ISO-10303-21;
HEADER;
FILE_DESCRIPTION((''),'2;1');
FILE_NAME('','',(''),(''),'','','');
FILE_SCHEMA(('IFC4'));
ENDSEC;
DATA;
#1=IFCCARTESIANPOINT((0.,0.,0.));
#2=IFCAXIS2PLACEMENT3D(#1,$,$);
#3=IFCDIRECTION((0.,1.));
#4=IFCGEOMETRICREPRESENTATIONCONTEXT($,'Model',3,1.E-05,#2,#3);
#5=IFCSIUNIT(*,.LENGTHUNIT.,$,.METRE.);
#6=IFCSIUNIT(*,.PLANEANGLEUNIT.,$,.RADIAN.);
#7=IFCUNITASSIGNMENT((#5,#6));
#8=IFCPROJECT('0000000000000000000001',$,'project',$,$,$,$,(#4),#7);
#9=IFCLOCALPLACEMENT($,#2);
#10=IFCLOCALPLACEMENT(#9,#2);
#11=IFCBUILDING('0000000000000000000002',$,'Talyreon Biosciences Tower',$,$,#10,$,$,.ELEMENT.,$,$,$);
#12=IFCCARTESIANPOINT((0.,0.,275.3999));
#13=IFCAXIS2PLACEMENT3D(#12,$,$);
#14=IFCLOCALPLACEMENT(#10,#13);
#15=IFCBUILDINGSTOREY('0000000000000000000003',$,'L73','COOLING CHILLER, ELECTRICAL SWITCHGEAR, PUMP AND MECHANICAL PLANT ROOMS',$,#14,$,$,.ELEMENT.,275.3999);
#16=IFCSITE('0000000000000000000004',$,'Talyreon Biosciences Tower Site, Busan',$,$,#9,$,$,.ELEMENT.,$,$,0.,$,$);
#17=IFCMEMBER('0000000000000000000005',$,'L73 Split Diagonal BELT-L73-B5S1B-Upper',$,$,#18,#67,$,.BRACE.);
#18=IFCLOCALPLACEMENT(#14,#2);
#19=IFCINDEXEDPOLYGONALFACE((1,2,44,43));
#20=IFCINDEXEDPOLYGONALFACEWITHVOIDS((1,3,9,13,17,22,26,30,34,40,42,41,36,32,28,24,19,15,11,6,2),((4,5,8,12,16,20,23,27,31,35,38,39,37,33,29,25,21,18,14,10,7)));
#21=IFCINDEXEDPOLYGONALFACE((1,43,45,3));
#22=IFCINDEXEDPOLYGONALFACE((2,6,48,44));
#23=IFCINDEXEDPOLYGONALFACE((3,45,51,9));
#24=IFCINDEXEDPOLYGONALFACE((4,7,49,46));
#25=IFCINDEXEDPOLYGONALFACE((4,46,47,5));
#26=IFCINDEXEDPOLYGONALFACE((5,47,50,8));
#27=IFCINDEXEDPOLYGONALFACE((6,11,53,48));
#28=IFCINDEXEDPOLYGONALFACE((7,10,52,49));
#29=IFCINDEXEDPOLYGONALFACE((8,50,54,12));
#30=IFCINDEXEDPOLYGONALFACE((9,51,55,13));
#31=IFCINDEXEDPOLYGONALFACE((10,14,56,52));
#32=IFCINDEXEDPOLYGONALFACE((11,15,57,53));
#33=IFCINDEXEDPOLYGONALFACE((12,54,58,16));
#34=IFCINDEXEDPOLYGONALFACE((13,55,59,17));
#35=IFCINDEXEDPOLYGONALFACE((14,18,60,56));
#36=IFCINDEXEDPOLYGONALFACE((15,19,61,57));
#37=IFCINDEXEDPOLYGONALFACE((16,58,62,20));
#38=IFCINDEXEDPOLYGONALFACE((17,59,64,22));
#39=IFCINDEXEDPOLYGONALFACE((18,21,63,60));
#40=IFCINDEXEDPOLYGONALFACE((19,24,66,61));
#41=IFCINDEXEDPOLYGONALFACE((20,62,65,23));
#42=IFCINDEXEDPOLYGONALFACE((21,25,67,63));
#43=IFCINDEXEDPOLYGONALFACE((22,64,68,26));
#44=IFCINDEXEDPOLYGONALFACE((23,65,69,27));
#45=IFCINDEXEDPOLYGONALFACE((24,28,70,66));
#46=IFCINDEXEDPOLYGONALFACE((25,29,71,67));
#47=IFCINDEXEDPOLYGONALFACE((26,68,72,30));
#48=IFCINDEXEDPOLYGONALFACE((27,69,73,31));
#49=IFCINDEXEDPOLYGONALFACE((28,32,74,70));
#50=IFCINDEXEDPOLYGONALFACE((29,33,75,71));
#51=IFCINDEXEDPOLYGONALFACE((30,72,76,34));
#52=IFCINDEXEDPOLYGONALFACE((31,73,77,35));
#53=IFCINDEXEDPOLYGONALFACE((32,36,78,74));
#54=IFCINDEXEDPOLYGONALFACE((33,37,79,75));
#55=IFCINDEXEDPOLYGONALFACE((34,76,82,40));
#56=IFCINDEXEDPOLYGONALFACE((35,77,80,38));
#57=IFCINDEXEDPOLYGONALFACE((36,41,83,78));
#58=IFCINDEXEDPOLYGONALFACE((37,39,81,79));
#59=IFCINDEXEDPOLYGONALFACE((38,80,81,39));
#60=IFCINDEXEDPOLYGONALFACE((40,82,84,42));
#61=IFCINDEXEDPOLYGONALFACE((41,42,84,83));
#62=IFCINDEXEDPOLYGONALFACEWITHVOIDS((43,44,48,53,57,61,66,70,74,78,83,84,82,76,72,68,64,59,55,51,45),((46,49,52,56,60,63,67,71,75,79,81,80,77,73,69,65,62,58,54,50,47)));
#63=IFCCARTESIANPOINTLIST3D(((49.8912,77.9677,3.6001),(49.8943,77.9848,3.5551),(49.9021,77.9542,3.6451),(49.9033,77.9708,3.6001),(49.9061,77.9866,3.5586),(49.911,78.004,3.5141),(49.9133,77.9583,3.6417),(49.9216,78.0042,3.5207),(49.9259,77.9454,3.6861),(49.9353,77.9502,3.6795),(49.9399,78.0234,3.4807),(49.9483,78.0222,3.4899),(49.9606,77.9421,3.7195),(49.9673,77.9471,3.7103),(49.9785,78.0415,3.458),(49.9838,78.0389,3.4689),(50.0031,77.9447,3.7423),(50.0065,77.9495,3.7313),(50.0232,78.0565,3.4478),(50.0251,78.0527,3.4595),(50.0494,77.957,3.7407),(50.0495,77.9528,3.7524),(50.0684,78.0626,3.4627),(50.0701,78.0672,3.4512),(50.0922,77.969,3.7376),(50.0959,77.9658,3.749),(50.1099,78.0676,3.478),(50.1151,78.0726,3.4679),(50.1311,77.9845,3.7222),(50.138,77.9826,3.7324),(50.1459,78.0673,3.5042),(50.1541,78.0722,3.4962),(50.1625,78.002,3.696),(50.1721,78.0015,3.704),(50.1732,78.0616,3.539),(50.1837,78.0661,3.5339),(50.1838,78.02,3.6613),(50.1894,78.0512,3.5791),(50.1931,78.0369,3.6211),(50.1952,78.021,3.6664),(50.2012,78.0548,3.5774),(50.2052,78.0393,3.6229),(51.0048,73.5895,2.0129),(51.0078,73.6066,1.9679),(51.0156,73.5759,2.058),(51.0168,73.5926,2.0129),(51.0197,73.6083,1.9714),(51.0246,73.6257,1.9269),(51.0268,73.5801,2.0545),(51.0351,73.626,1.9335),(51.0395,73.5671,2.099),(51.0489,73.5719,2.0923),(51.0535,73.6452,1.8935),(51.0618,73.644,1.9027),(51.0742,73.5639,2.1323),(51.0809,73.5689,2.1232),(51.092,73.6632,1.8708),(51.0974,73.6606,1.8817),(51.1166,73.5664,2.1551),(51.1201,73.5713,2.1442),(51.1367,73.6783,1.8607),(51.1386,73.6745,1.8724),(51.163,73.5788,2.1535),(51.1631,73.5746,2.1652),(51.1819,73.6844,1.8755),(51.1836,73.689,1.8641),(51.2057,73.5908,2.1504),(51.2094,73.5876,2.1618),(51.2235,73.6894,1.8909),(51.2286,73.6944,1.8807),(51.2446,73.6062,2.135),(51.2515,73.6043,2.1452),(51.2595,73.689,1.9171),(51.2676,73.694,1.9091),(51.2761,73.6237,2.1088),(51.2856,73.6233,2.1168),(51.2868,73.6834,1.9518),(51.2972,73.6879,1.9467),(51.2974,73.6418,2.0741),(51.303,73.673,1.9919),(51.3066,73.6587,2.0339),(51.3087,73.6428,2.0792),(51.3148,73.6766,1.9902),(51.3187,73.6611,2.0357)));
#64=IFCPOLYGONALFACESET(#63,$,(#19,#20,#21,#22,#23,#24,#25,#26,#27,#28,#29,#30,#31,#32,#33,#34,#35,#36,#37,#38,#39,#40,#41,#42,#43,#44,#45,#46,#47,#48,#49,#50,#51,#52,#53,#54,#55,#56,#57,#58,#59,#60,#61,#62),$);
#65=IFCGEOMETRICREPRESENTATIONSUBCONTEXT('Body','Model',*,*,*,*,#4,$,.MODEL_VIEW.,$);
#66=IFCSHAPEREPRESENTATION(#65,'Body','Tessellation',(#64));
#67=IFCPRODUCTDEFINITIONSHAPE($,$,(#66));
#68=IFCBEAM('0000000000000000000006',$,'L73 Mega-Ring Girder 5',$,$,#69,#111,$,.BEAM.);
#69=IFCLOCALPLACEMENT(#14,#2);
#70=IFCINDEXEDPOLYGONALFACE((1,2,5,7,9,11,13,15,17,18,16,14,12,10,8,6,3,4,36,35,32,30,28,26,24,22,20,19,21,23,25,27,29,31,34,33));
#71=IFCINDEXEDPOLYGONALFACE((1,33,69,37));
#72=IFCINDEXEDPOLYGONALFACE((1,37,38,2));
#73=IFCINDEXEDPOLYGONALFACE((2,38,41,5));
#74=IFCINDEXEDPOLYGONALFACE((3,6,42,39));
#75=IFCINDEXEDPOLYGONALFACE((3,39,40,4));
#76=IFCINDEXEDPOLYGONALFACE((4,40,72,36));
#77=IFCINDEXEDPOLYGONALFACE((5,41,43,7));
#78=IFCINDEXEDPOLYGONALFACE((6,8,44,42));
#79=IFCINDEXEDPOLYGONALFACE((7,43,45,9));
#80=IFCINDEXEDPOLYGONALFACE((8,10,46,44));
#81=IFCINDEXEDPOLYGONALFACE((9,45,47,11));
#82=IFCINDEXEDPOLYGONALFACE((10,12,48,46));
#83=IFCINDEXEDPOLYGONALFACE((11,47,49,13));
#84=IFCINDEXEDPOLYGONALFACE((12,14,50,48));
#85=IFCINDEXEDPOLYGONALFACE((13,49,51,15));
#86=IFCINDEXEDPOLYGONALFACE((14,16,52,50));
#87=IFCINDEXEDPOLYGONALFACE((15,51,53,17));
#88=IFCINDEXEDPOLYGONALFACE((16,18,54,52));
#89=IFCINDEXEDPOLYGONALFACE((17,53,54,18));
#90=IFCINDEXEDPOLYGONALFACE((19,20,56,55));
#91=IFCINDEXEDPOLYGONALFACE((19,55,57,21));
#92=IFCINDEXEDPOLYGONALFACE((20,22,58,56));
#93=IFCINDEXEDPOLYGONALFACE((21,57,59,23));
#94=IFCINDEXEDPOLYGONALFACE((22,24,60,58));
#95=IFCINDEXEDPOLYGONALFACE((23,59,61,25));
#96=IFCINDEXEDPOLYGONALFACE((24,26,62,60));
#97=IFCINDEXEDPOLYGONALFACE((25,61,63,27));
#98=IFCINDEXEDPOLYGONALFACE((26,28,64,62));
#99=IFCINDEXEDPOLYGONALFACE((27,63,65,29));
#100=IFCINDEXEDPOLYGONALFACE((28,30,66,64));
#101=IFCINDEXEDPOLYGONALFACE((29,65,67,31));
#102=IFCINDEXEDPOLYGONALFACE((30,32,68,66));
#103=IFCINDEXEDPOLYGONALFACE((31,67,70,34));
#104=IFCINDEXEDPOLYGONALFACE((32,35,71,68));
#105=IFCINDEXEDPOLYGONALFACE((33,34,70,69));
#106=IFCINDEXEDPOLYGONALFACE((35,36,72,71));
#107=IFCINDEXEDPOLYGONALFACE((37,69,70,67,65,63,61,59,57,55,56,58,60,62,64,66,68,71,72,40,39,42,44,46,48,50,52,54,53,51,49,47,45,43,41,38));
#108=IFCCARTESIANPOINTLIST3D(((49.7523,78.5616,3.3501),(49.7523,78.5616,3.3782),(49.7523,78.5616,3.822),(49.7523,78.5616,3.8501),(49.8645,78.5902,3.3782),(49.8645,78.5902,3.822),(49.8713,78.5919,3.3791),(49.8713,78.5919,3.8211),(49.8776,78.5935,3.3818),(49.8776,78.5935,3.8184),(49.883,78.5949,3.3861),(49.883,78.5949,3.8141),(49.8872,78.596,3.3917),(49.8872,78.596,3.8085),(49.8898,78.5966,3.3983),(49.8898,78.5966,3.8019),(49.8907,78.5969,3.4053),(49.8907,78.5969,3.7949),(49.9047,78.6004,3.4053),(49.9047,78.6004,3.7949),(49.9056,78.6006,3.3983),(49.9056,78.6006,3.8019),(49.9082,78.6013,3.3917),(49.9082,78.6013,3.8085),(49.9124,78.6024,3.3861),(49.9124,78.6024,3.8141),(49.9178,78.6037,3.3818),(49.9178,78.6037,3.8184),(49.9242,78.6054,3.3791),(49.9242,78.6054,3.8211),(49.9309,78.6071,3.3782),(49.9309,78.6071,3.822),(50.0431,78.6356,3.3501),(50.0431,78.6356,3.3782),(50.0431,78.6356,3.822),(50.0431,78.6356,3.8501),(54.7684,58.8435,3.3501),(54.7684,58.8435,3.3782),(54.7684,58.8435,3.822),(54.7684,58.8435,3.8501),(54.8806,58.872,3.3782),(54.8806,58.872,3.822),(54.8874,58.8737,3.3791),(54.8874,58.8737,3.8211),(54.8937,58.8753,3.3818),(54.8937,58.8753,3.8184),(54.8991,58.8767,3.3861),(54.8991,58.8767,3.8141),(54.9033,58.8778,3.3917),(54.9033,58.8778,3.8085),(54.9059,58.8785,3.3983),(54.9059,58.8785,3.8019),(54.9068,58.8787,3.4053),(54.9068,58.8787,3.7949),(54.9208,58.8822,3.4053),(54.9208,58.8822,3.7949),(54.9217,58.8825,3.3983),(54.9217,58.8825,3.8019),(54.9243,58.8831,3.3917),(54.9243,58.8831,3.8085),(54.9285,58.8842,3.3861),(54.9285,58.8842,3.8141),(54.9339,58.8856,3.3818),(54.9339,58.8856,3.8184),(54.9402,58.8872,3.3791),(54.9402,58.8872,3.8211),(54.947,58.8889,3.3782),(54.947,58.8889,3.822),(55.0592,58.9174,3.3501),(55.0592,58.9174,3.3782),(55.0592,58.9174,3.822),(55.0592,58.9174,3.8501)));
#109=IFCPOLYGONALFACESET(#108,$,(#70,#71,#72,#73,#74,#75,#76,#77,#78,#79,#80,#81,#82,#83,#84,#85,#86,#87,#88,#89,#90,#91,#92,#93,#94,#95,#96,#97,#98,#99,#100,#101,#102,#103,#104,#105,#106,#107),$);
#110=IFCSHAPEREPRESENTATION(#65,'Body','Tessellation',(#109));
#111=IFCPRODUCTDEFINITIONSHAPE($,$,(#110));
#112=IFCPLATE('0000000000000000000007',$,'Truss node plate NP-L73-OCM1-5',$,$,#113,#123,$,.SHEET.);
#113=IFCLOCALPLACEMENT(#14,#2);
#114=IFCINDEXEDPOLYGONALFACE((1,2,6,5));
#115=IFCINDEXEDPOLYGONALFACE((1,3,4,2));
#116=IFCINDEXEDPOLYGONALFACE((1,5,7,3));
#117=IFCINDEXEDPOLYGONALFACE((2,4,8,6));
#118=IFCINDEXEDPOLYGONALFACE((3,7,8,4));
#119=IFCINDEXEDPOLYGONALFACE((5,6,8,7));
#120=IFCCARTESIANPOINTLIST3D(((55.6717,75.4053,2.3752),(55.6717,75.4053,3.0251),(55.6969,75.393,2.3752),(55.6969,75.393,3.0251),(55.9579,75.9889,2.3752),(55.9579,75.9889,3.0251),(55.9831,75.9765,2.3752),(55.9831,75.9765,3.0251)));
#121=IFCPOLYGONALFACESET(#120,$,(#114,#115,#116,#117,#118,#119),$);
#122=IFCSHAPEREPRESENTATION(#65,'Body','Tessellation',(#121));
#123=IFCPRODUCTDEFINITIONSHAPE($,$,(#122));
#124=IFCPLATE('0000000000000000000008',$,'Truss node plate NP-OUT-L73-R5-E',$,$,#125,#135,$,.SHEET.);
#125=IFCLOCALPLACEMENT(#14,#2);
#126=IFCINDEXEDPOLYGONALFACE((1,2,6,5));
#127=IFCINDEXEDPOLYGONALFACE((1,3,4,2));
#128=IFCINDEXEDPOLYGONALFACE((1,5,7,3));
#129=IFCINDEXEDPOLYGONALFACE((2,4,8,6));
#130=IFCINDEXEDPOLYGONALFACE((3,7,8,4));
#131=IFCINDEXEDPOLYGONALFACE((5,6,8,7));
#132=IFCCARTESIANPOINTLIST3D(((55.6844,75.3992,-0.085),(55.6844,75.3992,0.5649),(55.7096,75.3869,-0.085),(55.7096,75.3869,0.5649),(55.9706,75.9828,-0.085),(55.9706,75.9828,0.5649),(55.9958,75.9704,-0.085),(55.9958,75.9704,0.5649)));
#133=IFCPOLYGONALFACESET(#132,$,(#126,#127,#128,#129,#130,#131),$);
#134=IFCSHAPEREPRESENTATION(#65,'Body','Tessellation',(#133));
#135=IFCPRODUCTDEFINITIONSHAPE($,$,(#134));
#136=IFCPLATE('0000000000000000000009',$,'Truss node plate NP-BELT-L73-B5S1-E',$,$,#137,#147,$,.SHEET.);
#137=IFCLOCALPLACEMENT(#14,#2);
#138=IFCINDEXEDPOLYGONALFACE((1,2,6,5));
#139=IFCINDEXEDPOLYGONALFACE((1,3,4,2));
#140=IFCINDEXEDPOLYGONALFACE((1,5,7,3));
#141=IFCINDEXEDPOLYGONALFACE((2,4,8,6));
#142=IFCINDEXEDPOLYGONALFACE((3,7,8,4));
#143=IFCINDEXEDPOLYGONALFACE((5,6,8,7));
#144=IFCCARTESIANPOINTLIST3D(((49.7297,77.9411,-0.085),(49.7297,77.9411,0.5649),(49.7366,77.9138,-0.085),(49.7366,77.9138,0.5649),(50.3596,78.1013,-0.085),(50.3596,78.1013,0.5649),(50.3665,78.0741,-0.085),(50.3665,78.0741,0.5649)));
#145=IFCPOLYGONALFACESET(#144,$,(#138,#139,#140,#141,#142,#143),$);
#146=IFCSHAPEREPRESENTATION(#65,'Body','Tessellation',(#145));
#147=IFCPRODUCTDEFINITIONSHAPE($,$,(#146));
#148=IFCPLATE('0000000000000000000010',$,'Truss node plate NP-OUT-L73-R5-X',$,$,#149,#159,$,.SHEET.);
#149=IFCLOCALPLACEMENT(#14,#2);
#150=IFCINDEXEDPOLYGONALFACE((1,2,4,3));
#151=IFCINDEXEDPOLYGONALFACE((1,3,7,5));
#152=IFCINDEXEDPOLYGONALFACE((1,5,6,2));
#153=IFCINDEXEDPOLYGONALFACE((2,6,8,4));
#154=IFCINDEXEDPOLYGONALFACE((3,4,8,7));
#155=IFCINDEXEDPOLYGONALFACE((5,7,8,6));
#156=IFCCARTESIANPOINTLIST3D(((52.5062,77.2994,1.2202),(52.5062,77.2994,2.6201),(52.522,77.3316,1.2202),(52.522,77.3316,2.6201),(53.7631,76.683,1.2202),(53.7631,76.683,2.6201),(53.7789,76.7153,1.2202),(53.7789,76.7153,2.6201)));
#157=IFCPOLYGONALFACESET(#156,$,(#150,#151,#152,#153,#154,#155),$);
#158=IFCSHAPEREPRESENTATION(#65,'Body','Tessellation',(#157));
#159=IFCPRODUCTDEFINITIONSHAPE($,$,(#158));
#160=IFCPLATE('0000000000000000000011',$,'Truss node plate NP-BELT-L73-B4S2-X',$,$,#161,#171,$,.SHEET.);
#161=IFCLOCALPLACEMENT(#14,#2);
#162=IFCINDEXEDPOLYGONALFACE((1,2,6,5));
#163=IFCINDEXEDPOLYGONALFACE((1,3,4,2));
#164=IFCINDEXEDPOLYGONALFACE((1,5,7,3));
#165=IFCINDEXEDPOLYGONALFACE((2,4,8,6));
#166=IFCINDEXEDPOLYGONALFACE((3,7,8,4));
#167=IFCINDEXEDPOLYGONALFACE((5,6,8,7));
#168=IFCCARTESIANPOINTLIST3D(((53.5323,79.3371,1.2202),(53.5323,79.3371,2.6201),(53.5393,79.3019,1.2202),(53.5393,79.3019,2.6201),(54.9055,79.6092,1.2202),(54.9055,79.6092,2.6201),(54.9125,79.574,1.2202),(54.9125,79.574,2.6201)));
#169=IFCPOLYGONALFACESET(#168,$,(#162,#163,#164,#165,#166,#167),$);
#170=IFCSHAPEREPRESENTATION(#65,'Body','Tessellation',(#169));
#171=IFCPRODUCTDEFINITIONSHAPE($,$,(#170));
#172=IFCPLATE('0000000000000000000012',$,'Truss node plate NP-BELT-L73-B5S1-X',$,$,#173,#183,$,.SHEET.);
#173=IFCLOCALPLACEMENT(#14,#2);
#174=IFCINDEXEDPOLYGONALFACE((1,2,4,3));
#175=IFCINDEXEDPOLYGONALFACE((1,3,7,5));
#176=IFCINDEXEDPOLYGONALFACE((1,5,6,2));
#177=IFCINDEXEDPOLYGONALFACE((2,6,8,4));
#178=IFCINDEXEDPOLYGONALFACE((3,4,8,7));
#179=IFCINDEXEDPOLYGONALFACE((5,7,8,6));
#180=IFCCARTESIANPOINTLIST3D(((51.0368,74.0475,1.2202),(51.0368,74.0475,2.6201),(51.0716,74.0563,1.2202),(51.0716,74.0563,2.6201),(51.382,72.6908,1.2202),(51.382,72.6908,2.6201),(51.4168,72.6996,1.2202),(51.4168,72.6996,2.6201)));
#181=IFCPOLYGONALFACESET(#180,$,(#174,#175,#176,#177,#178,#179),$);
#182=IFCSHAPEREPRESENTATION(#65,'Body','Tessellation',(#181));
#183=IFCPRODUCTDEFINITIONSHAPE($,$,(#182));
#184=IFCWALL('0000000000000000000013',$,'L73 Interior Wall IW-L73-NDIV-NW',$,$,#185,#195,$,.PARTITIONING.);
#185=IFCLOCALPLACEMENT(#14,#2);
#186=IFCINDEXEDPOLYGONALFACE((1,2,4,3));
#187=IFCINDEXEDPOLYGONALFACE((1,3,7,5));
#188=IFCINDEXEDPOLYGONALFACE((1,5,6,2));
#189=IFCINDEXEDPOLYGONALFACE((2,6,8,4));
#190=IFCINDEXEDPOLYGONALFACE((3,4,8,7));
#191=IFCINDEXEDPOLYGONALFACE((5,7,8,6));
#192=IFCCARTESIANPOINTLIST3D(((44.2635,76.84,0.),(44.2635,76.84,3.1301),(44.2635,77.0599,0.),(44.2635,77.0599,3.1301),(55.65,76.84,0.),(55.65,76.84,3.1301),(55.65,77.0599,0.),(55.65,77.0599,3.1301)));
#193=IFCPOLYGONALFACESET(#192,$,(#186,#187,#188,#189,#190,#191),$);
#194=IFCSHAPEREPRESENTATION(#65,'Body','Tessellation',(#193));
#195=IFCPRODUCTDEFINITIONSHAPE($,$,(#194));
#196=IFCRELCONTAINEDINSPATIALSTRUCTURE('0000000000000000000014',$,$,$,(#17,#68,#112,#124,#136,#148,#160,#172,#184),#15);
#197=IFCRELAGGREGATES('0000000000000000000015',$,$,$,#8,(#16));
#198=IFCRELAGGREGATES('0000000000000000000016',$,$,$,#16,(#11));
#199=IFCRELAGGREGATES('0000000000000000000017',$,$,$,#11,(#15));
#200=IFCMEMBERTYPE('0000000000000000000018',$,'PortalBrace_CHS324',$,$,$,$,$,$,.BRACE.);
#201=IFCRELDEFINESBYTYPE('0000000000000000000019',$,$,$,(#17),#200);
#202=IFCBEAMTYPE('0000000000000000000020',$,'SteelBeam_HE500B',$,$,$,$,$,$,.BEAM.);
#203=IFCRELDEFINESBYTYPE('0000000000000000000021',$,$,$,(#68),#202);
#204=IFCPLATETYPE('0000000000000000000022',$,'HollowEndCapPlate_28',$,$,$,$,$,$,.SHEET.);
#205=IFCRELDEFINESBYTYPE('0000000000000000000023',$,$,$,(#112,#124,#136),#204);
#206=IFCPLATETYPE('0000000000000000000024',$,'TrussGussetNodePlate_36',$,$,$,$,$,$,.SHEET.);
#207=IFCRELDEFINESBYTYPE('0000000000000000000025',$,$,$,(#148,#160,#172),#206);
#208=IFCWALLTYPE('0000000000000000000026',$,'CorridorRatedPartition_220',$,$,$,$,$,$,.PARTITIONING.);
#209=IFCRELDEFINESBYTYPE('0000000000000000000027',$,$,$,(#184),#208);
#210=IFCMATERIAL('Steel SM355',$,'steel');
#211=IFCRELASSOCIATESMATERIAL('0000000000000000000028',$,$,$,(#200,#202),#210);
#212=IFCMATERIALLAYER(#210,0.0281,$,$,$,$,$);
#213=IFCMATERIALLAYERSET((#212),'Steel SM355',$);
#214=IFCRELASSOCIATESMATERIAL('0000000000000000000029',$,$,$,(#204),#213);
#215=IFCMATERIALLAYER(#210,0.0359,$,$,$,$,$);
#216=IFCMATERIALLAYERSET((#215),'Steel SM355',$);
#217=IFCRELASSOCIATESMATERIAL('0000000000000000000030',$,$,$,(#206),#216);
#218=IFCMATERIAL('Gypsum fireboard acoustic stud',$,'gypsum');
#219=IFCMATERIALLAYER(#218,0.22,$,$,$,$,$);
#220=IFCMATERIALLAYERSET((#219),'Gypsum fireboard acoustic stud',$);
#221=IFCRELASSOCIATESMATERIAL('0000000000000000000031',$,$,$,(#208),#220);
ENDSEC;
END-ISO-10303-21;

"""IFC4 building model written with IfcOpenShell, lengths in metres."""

from ifc_helpers import new_model, si_unit, direction, frame, frame_2d, origin, origin_2d, place, context, subcontext, project, spatial, rectangle, hollow_circle, i_section, extrude, material, layer, layer_set, material_profile, profile_set, type_object, element, save


model = new_model("IFC4")

# Units and contexts
model_context = context("Model", 3, precision=1e-05, world=origin(), true_north=direction((0.0, 1.0)))
body_context = subcontext(model_context, "Body", "Model", "MODEL_VIEW")
ifc_project = project(units=[si_unit("LENGTHUNIT", "METRE"), si_unit("PLANEANGLEUNIT", "RADIAN")], contexts=[model_context])

# Site, building, storey
site_placement = place(None, origin())
site = spatial("IfcSite", under=ifc_project, at=site_placement, Name="Talyreon Biosciences Tower Site, Busan", CompositionType="ELEMENT", RefElevation=0.0)
building_placement = place(site_placement, origin())
building = spatial("IfcBuilding", under=site, at=building_placement, Name="Talyreon Biosciences Tower", CompositionType="ELEMENT")
storey_placement = place(building_placement, frame((0.0, 0.0, 275.3999)))
storey = spatial("IfcBuildingStorey", under=building, at=storey_placement, Name="L73", Description="COOLING CHILLER, ELECTRICAL SWITCHGEAR, PUMP AND MECHANICAL PLANT ROOMS", CompositionType="ELEMENT", Elevation=275.3999)

# Shared definitions
ifc_material_1 = material(Name="Steel SM355", Category="steel")

# Member
ifc_material_profile_1 = material_profile(ifc_material_1, hollow_circle(Radius=0.1619, WallThickness=0.0125, at=origin_2d()), Name="CHS 323.9x12.5")
ifc_profile_set_1 = profile_set([ifc_material_profile_1], Name="Steel SM355")
member_type_1 = type_object("IfcMemberType", Name="PortalBrace_CHS324", PredefinedType="BRACE", material=ifc_profile_set_1)
member_1_placement = place(storey_placement, frame((51.1616, 73.6294, 2.0129), z_axis=(-0.232553, 0.914356, 0.331469), x_axis=(-0.969146, -0.246488, 0.0)))
element("IfcMember", 1, at=member_1_placement, inside=storey, type_object=member_type_1, Name="L73 Split Diagonal BELT-L73-B5S1B-Upper", PredefinedType="BRACE", context=body_context, shape_type="SweptSolid", body=[
    extrude(hollow_circle(Radius=0.1619, WallThickness=0.0125, at=origin_2d()), origin(), (0.0, 0.0, 1.0), 4.7883),
])

# Beam
ifc_material_profile_2 = material_profile(ifc_material_1, i_section(OverallWidth=0.3, OverallDepth=0.5, WebThickness=0.0144, FlangeThickness=0.0281, FilletRadius=0.0271, at=origin_2d()), Name="HE500B")
ifc_profile_set_2 = profile_set([ifc_material_profile_2], Name="Steel SM355")
beam_type_1 = type_object("IfcBeamType", Name="SteelBeam_HE500B", PredefinedType="BEAM", material=ifc_profile_set_2)
beam_1_placement = place(storey_placement, frame((49.8977, 78.5986, 3.6001), z_axis=(0.246537, -0.969133, 0.0), x_axis=(0.969133, 0.246537, 0.0)))
element("IfcBeam", 2, at=beam_1_placement, inside=storey, type_object=beam_type_1, Name="L73 Mega-Ring Girder 5", PredefinedType="BEAM", context=body_context, shape_type="SweptSolid", body=[
    extrude(i_section(OverallWidth=0.3, OverallDepth=0.5, WebThickness=0.0144, FlangeThickness=0.0281, FilletRadius=0.0271, at=origin_2d()), origin(), (0.0, 0.0, 1.0), 20.3462),
])

# Plates
ifc_layer_1 = layer(ifc_material_1, 0.0281)
ifc_layer_set_1 = layer_set([ifc_layer_1], Name="Steel SM355")
plate_type_1 = type_object("IfcPlateType", Name="HollowEndCapPlate_28", PredefinedType="SHEET", material=ifc_layer_set_1)
for number, where, z_axis, x_axis, name in (
    (3, (55.8274, 75.6909, 2.3752), (0.0, 0.0, 1.0), (-0.440284, -0.897859, 0.0), "Truss node plate NP-L73-OCM1-5"),
    (4, (55.8401, 75.6848, -0.085), (0.0, 0.0, 1.0), (-0.440284, -0.897859, 0.0), "Truss node plate NP-OUT-L73-R5-E"),
    (5, (50.0481, 78.0076, -0.085), (0.0, 0.0, 1.0), (0.969132, 0.246542, 0.0), "Truss node plate NP-BELT-L73-B5S1-E"),
):
    element("IfcPlate", number, at=place(storey_placement, frame(where, z_axis=z_axis, x_axis=x_axis)), inside=storey, type_object=plate_type_1, Name=name, PredefinedType="SHEET", context=body_context, shape_type="SweptSolid", body=[
        extrude(rectangle(XDim=0.6499, YDim=0.0281, at=origin_2d()), origin(), (0.0, 0.0, 1.0), 0.6499),
    ])
ifc_layer_2 = layer(ifc_material_1, 0.0359)
ifc_layer_set_2 = layer_set([ifc_layer_2], Name="Steel SM355")
plate_type_2 = type_object("IfcPlateType", Name="TrussGussetNodePlate_36", PredefinedType="SHEET", material=ifc_layer_set_2)
for number, where, z_axis, x_axis, name in (
    (6, (53.1426, 77.0073, 1.2202), (0.0, 0.0, 1.0), (-0.897859, 0.440284, 0.0), "Truss node plate NP-OUT-L73-R5-X"),
    (7, (54.2224, 79.4556, 1.2202), (0.0, 0.0, 1.0), (-0.980931, -0.194354, 0.0), "Truss node plate NP-BELT-L73-B4S2-X"),
    (8, (51.2268, 73.3735, 1.2202), (0.0, 0.0, 1.0), (0.246542, -0.969132, 0.0), "Truss node plate NP-BELT-L73-B5S1-X"),
):
    element("IfcPlate", number, at=place(storey_placement, frame(where, z_axis=z_axis, x_axis=x_axis)), inside=storey, type_object=plate_type_2, Name=name, PredefinedType="SHEET", context=body_context, shape_type="SweptSolid", body=[
        extrude(rectangle(XDim=1.3999, YDim=0.0359, at=origin_2d()), origin(), (0.0, 0.0, 1.0), 1.3999),
    ])

# Wall
ifc_material_2 = material(Name="Gypsum fireboard acoustic stud", Category="gypsum")
ifc_layer_3 = layer(ifc_material_2, 0.22)
ifc_layer_set_3 = layer_set([ifc_layer_3], Name="Gypsum fireboard acoustic stud")
wall_type_1 = type_object("IfcWallType", Name="CorridorRatedPartition_220", PredefinedType="PARTITIONING", material=ifc_layer_set_3)
wall_1_placement = place(storey_placement, frame((44.2634, 76.95, 0.0), z_axis=(0.0, 0.0, 1.0), x_axis=(1.0, 0.0, 0.0)))
element("IfcWall", 9, at=wall_1_placement, inside=storey, type_object=wall_type_1, Name="L73 Interior Wall IW-L73-NDIV-NW", PredefinedType="PARTITIONING", context=body_context, shape_type="SweptSolid", body=[
    extrude(rectangle(XDim=11.3865, YDim=0.22, at=frame_2d((5.6934, 0.0))), origin(), (0.0, 0.0, 1.0), 3.1301),
])

save(model, "model.ifc")
